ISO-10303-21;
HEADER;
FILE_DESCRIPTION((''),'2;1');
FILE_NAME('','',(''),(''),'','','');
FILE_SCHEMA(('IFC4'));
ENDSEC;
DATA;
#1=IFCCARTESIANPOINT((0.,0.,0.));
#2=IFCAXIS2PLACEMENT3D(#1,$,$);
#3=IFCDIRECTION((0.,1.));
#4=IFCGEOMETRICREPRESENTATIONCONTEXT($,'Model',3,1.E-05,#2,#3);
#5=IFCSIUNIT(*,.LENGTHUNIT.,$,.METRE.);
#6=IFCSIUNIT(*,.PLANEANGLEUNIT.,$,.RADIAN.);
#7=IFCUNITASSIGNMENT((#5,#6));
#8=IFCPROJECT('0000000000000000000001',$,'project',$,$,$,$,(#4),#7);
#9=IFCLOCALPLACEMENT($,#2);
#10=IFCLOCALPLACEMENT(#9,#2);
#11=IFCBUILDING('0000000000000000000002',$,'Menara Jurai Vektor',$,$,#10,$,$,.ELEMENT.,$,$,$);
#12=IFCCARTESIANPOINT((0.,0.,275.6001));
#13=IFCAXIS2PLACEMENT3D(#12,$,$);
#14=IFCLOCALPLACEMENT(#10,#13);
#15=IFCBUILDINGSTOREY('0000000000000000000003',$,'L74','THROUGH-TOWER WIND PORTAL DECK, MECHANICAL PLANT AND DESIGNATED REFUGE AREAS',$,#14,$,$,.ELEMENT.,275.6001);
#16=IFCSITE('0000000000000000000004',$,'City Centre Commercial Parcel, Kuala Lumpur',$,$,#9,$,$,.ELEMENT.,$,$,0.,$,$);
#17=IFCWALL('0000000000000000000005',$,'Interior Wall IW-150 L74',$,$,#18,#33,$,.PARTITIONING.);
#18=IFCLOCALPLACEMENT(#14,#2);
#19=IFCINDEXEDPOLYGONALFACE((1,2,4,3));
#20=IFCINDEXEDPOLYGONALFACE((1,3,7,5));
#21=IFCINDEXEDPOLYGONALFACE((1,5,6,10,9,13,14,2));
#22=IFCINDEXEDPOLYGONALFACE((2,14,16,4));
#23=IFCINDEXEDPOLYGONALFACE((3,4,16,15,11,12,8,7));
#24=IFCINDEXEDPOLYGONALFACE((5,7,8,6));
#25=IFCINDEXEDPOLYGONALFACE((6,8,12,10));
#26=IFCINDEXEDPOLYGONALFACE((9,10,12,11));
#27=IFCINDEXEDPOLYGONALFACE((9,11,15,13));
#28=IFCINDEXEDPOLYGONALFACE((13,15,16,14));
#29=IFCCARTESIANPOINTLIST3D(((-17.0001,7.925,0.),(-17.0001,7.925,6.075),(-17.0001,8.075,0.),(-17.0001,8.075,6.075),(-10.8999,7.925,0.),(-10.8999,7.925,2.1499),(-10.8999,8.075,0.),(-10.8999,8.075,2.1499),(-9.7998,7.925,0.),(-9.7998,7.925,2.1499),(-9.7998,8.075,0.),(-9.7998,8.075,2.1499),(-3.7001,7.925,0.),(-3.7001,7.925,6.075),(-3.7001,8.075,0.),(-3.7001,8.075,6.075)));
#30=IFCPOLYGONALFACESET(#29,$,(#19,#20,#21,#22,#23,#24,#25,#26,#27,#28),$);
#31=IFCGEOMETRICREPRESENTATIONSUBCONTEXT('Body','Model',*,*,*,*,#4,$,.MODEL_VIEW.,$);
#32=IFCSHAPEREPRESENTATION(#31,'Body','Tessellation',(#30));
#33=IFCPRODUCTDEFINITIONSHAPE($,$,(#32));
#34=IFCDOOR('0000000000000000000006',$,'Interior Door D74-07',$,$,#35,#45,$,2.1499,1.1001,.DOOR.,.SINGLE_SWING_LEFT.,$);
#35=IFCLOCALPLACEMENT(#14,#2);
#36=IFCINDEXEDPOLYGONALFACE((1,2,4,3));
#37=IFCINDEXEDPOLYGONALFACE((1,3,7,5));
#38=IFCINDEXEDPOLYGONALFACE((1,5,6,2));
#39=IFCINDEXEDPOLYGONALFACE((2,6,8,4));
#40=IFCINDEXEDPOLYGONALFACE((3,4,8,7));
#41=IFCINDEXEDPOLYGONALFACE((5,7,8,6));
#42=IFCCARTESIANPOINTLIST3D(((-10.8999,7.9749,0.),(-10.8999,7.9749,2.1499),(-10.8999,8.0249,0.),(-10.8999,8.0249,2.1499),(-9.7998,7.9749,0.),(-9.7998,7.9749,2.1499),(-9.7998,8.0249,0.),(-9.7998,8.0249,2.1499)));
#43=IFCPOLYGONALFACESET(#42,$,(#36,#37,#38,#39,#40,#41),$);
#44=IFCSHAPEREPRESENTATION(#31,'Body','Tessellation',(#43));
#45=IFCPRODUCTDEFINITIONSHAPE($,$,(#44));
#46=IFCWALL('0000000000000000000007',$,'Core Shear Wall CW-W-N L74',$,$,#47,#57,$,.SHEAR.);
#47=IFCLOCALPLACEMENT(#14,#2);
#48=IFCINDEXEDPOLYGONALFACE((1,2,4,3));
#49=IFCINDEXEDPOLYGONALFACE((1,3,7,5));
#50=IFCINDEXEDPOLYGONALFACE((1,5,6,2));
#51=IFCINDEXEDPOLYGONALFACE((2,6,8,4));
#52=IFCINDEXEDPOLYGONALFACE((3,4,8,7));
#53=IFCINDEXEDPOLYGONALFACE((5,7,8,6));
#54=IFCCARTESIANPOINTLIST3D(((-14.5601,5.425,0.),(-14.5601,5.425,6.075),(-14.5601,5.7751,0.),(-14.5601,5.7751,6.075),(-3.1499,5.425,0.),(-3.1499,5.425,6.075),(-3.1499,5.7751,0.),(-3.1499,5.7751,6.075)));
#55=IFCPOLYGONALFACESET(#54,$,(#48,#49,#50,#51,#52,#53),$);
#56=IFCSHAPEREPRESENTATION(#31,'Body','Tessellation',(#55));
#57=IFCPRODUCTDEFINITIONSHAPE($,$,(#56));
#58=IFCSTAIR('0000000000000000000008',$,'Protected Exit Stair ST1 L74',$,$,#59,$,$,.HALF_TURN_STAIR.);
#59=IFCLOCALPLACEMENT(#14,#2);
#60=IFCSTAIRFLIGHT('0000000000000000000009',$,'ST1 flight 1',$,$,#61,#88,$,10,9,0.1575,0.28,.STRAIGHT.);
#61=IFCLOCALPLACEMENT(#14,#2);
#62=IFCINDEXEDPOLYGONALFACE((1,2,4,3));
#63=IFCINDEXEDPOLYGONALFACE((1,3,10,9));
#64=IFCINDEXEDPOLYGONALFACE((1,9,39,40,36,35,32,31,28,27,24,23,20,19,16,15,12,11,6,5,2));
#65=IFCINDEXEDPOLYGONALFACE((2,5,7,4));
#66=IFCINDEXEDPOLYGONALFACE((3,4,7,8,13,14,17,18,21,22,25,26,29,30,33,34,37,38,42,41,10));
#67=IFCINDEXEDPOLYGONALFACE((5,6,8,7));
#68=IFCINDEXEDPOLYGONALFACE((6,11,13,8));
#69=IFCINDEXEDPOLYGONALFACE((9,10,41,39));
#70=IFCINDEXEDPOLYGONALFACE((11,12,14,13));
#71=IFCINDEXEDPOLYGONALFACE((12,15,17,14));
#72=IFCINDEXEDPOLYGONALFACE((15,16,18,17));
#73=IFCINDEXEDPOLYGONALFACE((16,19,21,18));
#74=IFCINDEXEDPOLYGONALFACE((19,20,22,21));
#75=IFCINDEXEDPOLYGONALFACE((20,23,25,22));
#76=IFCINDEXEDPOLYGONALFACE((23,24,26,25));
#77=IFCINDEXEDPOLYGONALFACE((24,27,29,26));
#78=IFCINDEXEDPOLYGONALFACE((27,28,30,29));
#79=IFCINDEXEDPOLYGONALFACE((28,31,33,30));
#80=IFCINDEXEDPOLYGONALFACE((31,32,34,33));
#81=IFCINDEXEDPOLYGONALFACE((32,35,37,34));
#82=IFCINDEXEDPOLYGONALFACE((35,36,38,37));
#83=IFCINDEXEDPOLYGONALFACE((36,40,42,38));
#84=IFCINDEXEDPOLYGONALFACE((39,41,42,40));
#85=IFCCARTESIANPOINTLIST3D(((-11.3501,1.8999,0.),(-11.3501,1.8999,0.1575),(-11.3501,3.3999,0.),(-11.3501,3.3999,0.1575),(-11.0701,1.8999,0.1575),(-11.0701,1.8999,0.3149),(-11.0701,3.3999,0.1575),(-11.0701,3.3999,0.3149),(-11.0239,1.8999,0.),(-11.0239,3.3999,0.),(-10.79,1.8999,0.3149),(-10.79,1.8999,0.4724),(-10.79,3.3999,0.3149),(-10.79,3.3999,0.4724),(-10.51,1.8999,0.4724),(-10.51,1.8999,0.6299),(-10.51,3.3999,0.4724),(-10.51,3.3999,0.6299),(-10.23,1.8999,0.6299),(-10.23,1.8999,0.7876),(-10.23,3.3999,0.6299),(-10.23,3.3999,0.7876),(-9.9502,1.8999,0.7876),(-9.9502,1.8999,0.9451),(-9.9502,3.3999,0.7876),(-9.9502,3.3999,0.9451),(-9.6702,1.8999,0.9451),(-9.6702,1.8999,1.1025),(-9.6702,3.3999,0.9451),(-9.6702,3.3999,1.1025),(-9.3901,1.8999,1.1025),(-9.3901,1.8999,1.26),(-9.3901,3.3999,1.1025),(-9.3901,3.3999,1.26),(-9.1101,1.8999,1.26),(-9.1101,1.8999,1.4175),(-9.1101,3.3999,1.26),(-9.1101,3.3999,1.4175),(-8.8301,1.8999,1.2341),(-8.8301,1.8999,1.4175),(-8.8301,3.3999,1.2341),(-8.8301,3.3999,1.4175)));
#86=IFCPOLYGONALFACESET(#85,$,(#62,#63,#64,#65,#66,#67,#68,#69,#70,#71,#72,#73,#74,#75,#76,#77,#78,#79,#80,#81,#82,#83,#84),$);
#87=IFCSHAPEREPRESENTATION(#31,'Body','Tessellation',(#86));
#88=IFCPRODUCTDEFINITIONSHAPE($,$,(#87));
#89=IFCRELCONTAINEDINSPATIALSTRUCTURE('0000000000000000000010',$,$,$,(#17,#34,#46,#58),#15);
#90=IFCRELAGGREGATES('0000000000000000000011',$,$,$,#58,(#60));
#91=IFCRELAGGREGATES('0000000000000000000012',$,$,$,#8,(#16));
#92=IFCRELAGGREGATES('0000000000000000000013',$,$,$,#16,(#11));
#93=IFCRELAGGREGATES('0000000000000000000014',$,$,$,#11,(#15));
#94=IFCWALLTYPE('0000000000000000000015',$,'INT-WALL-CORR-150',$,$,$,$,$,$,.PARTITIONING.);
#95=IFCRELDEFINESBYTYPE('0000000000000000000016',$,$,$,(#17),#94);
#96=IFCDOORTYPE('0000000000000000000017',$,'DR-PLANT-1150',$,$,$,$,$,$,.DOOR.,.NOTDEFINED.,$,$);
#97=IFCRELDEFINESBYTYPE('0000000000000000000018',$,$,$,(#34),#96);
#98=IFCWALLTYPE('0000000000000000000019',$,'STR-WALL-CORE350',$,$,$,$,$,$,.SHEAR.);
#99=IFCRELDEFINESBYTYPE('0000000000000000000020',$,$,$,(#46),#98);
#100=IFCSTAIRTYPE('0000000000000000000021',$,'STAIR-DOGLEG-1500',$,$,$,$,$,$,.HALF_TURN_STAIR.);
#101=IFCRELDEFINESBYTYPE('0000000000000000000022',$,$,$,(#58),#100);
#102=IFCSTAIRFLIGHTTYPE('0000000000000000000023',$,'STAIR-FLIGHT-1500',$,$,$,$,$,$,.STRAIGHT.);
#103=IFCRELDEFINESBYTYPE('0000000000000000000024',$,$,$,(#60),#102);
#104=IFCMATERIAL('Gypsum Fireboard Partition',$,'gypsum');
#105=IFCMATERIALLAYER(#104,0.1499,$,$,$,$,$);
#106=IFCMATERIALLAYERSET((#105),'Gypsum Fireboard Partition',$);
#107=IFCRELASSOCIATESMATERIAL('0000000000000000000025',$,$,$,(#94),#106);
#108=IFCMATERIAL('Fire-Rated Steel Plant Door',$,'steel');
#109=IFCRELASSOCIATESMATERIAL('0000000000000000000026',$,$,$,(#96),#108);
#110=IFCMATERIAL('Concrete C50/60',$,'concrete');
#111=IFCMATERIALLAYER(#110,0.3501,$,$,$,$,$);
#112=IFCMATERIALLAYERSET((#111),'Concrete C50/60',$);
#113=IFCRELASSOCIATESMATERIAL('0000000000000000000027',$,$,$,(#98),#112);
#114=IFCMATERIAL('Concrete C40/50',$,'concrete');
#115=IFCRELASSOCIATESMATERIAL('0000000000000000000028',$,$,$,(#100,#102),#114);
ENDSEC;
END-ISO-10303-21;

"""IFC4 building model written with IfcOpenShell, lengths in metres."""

from ifc_helpers import new_model, si_unit, direction, frame, frame_2d, origin, place, context, subcontext, project, spatial, polyline, rectangle, outline, extrude, material, layer, layer_set, type_object, element, fill, aggregate, save


model = new_model("IFC4")

# Units and contexts
model_context = context("Model", 3, precision=1e-05, world=origin(), true_north=direction((0.0, 1.0)))
body_context = subcontext(model_context, "Body", "Model", "MODEL_VIEW")
ifc_project = project(units=[si_unit("LENGTHUNIT", "METRE"), si_unit("PLANEANGLEUNIT", "RADIAN")], contexts=[model_context])

# Site, building, storey
site_placement = place(None, origin())
site = spatial("IfcSite", under=ifc_project, at=site_placement, Name="City Centre Commercial Parcel, Kuala Lumpur", CompositionType="ELEMENT", RefElevation=0.0)
building_placement = place(site_placement, origin())
building = spatial("IfcBuilding", under=site, at=building_placement, Name="Menara Jurai Vektor", CompositionType="ELEMENT")
storey_placement = place(building_placement, frame((0.0, 0.0, 275.6001)))
storey = spatial("IfcBuildingStorey", under=building, at=storey_placement, Name="L74", Description="THROUGH-TOWER WIND PORTAL DECK, MECHANICAL PLANT AND DESIGNATED REFUGE AREAS", CompositionType="ELEMENT", Elevation=275.6001)

# Shared definitions
ifc_material_1 = material(Name="Concrete C50/60", Category="concrete")

# Wall, opening, door
ifc_material_2 = material(Name="Concrete C40/50", Category="concrete")
ifc_material_3 = material(Name="Gypsum Fireboard Partition", Category="gypsum")
ifc_layer_1 = layer(ifc_material_3, 0.1499)
ifc_layer_set_1 = layer_set([ifc_layer_1], Name="Gypsum Fireboard Partition")
wall_type_1 = type_object("IfcWallType", Name="INT-WALL-CORR-150", PredefinedType="PARTITIONING", material=ifc_layer_set_1)
wall_1_placement = place(storey_placement, frame((-17.0, 8.0, 0.0), z_axis=(0.0, 0.0, 1.0), x_axis=(1.0, 0.0, 0.0)))
wall_1 = element("IfcWall", 1, at=wall_1_placement, inside=storey, type_object=wall_type_1, Name="Interior Wall IW-150 L74", PredefinedType="PARTITIONING", context=body_context, shape_type="SweptSolid", body=[
    extrude(rectangle(XDim=13.3, YDim=0.1499, at=frame_2d((6.6499, 0.0))), origin(), (0.0, 0.0, 1.0), 6.075),
])
opening_1_placement = place(wall_1_placement, frame((6.1001, 0.0, 0.0)))
opening_1 = element("IfcOpeningElement", 2, at=opening_1_placement, cuts=wall_1, PredefinedType="OPENING", context=body_context, shape_type="SweptSolid", body=[
    extrude(rectangle(XDim=1.1001, YDim=2.1499, at=frame_2d((0.55, 1.075))), frame((0.0, 0.085, 0.0), z_axis=(0.0, -1.0, 0.0), x_axis=(1.0, 0.0, 0.0)), (0.0, 0.0, 1.0), 0.1699),
])
ifc_material_4 = material(Name="Fire-Rated Steel Plant Door", Category="steel")
door_type_1 = type_object("IfcDoorType", Name="DR-PLANT-1150", OperationType="NOTDEFINED", PredefinedType="DOOR", material=ifc_material_4)
door_1_placement = place(opening_1_placement, origin())
door_1 = element("IfcDoor", 3, at=door_1_placement, inside=storey, type_object=door_type_1, Name="Interior Door D74-07", OperationType="SINGLE_SWING_LEFT", OverallHeight=2.1499, OverallWidth=1.1001, PredefinedType="DOOR", context=body_context, shape_type="SweptSolid", body=[
    extrude(rectangle(XDim=1.1001, YDim=2.1499, at=frame_2d((0.55, 1.075))), frame((0.0, 0.0249, 0.0), z_axis=(0.0, -1.0, 0.0), x_axis=(1.0, 0.0, 0.0)), (0.0, 0.0, 1.0), 0.05),
])
fill(opening_1, door_1)

# Wall
ifc_layer_2 = layer(ifc_material_1, 0.3501)
ifc_layer_set_2 = layer_set([ifc_layer_2], Name="Concrete C50/60")
wall_type_2 = type_object("IfcWallType", Name="STR-WALL-CORE350", PredefinedType="SHEAR", material=ifc_layer_set_2)
wall_2_placement = place(storey_placement, frame((-14.5601, 5.6001, 0.0), z_axis=(0.0, 0.0, 1.0), x_axis=(1.0, 0.0, 0.0)))
element("IfcWall", 4, at=wall_2_placement, inside=storey, type_object=wall_type_2, Name="Core Shear Wall CW-W-N L74", PredefinedType="SHEAR", context=body_context, shape_type="SweptSolid", body=[
    extrude(rectangle(XDim=11.4102, YDim=0.3501, at=frame_2d((5.7051, 0.0))), origin(), (0.0, 0.0, 1.0), 6.075),
])

# Stair, stair flight
stair_type = type_object("IfcStairType", Name="STAIR-DOGLEG-1500", PredefinedType="HALF_TURN_STAIR", material=ifc_material_2)
stair_placement = place(storey_placement, origin())
stair = element("IfcStair", 5, at=stair_placement, inside=storey, type_object=stair_type, Name="Protected Exit Stair ST1 L74", PredefinedType="HALF_TURN_STAIR")
stair_flight_type = type_object("IfcStairFlightType", Name="STAIR-FLIGHT-1500", PredefinedType="STRAIGHT", material=ifc_material_2)
stair_flight_placement = place(storey_placement, frame((-11.3501, 2.6499, 0.0), z_axis=(0.0, 0.0, 1.0), x_axis=(1.0, 0.0, 0.0)))
stair_flight = element("IfcStairFlight", 6, at=stair_flight_placement, type_object=stair_flight_type, Name="ST1 flight 1", NumberOfRisers=10, NumberOfTreads=9, PredefinedType="STRAIGHT", RiserHeight=0.1575, TreadLength=0.28, context=body_context, shape_type="SweptSolid", body=[
    extrude(outline(polyline([(0.0, 0.0), (0.0, 0.1575), (0.28, 0.1575), (0.28, 0.3149), (0.5601, 0.3149), (0.5601, 0.4724), (0.8401, 0.4724), (0.8401, 0.6299), (1.1201, 0.6299), (1.1201, 0.7876), (1.3999, 0.7876), (1.3999, 0.9451), (1.6799, 0.9451), (1.6799, 1.1025), (1.96, 1.1025), (1.96, 1.26), (2.24, 1.26), (2.24, 1.4175), (2.52, 1.4175), (2.52, 1.575), (2.52, 1.2341), (0.3262, 0.0), (0.0, 0.0)])), frame((0.0, 0.75, 0.0), z_axis=(0.0, -1.0, 0.0), x_axis=(1.0, 0.0, 0.0)), (0.0, 0.0, 1.0), 1.5),
])
aggregate(stair, [stair_flight])

save(model, "model.ifc")
